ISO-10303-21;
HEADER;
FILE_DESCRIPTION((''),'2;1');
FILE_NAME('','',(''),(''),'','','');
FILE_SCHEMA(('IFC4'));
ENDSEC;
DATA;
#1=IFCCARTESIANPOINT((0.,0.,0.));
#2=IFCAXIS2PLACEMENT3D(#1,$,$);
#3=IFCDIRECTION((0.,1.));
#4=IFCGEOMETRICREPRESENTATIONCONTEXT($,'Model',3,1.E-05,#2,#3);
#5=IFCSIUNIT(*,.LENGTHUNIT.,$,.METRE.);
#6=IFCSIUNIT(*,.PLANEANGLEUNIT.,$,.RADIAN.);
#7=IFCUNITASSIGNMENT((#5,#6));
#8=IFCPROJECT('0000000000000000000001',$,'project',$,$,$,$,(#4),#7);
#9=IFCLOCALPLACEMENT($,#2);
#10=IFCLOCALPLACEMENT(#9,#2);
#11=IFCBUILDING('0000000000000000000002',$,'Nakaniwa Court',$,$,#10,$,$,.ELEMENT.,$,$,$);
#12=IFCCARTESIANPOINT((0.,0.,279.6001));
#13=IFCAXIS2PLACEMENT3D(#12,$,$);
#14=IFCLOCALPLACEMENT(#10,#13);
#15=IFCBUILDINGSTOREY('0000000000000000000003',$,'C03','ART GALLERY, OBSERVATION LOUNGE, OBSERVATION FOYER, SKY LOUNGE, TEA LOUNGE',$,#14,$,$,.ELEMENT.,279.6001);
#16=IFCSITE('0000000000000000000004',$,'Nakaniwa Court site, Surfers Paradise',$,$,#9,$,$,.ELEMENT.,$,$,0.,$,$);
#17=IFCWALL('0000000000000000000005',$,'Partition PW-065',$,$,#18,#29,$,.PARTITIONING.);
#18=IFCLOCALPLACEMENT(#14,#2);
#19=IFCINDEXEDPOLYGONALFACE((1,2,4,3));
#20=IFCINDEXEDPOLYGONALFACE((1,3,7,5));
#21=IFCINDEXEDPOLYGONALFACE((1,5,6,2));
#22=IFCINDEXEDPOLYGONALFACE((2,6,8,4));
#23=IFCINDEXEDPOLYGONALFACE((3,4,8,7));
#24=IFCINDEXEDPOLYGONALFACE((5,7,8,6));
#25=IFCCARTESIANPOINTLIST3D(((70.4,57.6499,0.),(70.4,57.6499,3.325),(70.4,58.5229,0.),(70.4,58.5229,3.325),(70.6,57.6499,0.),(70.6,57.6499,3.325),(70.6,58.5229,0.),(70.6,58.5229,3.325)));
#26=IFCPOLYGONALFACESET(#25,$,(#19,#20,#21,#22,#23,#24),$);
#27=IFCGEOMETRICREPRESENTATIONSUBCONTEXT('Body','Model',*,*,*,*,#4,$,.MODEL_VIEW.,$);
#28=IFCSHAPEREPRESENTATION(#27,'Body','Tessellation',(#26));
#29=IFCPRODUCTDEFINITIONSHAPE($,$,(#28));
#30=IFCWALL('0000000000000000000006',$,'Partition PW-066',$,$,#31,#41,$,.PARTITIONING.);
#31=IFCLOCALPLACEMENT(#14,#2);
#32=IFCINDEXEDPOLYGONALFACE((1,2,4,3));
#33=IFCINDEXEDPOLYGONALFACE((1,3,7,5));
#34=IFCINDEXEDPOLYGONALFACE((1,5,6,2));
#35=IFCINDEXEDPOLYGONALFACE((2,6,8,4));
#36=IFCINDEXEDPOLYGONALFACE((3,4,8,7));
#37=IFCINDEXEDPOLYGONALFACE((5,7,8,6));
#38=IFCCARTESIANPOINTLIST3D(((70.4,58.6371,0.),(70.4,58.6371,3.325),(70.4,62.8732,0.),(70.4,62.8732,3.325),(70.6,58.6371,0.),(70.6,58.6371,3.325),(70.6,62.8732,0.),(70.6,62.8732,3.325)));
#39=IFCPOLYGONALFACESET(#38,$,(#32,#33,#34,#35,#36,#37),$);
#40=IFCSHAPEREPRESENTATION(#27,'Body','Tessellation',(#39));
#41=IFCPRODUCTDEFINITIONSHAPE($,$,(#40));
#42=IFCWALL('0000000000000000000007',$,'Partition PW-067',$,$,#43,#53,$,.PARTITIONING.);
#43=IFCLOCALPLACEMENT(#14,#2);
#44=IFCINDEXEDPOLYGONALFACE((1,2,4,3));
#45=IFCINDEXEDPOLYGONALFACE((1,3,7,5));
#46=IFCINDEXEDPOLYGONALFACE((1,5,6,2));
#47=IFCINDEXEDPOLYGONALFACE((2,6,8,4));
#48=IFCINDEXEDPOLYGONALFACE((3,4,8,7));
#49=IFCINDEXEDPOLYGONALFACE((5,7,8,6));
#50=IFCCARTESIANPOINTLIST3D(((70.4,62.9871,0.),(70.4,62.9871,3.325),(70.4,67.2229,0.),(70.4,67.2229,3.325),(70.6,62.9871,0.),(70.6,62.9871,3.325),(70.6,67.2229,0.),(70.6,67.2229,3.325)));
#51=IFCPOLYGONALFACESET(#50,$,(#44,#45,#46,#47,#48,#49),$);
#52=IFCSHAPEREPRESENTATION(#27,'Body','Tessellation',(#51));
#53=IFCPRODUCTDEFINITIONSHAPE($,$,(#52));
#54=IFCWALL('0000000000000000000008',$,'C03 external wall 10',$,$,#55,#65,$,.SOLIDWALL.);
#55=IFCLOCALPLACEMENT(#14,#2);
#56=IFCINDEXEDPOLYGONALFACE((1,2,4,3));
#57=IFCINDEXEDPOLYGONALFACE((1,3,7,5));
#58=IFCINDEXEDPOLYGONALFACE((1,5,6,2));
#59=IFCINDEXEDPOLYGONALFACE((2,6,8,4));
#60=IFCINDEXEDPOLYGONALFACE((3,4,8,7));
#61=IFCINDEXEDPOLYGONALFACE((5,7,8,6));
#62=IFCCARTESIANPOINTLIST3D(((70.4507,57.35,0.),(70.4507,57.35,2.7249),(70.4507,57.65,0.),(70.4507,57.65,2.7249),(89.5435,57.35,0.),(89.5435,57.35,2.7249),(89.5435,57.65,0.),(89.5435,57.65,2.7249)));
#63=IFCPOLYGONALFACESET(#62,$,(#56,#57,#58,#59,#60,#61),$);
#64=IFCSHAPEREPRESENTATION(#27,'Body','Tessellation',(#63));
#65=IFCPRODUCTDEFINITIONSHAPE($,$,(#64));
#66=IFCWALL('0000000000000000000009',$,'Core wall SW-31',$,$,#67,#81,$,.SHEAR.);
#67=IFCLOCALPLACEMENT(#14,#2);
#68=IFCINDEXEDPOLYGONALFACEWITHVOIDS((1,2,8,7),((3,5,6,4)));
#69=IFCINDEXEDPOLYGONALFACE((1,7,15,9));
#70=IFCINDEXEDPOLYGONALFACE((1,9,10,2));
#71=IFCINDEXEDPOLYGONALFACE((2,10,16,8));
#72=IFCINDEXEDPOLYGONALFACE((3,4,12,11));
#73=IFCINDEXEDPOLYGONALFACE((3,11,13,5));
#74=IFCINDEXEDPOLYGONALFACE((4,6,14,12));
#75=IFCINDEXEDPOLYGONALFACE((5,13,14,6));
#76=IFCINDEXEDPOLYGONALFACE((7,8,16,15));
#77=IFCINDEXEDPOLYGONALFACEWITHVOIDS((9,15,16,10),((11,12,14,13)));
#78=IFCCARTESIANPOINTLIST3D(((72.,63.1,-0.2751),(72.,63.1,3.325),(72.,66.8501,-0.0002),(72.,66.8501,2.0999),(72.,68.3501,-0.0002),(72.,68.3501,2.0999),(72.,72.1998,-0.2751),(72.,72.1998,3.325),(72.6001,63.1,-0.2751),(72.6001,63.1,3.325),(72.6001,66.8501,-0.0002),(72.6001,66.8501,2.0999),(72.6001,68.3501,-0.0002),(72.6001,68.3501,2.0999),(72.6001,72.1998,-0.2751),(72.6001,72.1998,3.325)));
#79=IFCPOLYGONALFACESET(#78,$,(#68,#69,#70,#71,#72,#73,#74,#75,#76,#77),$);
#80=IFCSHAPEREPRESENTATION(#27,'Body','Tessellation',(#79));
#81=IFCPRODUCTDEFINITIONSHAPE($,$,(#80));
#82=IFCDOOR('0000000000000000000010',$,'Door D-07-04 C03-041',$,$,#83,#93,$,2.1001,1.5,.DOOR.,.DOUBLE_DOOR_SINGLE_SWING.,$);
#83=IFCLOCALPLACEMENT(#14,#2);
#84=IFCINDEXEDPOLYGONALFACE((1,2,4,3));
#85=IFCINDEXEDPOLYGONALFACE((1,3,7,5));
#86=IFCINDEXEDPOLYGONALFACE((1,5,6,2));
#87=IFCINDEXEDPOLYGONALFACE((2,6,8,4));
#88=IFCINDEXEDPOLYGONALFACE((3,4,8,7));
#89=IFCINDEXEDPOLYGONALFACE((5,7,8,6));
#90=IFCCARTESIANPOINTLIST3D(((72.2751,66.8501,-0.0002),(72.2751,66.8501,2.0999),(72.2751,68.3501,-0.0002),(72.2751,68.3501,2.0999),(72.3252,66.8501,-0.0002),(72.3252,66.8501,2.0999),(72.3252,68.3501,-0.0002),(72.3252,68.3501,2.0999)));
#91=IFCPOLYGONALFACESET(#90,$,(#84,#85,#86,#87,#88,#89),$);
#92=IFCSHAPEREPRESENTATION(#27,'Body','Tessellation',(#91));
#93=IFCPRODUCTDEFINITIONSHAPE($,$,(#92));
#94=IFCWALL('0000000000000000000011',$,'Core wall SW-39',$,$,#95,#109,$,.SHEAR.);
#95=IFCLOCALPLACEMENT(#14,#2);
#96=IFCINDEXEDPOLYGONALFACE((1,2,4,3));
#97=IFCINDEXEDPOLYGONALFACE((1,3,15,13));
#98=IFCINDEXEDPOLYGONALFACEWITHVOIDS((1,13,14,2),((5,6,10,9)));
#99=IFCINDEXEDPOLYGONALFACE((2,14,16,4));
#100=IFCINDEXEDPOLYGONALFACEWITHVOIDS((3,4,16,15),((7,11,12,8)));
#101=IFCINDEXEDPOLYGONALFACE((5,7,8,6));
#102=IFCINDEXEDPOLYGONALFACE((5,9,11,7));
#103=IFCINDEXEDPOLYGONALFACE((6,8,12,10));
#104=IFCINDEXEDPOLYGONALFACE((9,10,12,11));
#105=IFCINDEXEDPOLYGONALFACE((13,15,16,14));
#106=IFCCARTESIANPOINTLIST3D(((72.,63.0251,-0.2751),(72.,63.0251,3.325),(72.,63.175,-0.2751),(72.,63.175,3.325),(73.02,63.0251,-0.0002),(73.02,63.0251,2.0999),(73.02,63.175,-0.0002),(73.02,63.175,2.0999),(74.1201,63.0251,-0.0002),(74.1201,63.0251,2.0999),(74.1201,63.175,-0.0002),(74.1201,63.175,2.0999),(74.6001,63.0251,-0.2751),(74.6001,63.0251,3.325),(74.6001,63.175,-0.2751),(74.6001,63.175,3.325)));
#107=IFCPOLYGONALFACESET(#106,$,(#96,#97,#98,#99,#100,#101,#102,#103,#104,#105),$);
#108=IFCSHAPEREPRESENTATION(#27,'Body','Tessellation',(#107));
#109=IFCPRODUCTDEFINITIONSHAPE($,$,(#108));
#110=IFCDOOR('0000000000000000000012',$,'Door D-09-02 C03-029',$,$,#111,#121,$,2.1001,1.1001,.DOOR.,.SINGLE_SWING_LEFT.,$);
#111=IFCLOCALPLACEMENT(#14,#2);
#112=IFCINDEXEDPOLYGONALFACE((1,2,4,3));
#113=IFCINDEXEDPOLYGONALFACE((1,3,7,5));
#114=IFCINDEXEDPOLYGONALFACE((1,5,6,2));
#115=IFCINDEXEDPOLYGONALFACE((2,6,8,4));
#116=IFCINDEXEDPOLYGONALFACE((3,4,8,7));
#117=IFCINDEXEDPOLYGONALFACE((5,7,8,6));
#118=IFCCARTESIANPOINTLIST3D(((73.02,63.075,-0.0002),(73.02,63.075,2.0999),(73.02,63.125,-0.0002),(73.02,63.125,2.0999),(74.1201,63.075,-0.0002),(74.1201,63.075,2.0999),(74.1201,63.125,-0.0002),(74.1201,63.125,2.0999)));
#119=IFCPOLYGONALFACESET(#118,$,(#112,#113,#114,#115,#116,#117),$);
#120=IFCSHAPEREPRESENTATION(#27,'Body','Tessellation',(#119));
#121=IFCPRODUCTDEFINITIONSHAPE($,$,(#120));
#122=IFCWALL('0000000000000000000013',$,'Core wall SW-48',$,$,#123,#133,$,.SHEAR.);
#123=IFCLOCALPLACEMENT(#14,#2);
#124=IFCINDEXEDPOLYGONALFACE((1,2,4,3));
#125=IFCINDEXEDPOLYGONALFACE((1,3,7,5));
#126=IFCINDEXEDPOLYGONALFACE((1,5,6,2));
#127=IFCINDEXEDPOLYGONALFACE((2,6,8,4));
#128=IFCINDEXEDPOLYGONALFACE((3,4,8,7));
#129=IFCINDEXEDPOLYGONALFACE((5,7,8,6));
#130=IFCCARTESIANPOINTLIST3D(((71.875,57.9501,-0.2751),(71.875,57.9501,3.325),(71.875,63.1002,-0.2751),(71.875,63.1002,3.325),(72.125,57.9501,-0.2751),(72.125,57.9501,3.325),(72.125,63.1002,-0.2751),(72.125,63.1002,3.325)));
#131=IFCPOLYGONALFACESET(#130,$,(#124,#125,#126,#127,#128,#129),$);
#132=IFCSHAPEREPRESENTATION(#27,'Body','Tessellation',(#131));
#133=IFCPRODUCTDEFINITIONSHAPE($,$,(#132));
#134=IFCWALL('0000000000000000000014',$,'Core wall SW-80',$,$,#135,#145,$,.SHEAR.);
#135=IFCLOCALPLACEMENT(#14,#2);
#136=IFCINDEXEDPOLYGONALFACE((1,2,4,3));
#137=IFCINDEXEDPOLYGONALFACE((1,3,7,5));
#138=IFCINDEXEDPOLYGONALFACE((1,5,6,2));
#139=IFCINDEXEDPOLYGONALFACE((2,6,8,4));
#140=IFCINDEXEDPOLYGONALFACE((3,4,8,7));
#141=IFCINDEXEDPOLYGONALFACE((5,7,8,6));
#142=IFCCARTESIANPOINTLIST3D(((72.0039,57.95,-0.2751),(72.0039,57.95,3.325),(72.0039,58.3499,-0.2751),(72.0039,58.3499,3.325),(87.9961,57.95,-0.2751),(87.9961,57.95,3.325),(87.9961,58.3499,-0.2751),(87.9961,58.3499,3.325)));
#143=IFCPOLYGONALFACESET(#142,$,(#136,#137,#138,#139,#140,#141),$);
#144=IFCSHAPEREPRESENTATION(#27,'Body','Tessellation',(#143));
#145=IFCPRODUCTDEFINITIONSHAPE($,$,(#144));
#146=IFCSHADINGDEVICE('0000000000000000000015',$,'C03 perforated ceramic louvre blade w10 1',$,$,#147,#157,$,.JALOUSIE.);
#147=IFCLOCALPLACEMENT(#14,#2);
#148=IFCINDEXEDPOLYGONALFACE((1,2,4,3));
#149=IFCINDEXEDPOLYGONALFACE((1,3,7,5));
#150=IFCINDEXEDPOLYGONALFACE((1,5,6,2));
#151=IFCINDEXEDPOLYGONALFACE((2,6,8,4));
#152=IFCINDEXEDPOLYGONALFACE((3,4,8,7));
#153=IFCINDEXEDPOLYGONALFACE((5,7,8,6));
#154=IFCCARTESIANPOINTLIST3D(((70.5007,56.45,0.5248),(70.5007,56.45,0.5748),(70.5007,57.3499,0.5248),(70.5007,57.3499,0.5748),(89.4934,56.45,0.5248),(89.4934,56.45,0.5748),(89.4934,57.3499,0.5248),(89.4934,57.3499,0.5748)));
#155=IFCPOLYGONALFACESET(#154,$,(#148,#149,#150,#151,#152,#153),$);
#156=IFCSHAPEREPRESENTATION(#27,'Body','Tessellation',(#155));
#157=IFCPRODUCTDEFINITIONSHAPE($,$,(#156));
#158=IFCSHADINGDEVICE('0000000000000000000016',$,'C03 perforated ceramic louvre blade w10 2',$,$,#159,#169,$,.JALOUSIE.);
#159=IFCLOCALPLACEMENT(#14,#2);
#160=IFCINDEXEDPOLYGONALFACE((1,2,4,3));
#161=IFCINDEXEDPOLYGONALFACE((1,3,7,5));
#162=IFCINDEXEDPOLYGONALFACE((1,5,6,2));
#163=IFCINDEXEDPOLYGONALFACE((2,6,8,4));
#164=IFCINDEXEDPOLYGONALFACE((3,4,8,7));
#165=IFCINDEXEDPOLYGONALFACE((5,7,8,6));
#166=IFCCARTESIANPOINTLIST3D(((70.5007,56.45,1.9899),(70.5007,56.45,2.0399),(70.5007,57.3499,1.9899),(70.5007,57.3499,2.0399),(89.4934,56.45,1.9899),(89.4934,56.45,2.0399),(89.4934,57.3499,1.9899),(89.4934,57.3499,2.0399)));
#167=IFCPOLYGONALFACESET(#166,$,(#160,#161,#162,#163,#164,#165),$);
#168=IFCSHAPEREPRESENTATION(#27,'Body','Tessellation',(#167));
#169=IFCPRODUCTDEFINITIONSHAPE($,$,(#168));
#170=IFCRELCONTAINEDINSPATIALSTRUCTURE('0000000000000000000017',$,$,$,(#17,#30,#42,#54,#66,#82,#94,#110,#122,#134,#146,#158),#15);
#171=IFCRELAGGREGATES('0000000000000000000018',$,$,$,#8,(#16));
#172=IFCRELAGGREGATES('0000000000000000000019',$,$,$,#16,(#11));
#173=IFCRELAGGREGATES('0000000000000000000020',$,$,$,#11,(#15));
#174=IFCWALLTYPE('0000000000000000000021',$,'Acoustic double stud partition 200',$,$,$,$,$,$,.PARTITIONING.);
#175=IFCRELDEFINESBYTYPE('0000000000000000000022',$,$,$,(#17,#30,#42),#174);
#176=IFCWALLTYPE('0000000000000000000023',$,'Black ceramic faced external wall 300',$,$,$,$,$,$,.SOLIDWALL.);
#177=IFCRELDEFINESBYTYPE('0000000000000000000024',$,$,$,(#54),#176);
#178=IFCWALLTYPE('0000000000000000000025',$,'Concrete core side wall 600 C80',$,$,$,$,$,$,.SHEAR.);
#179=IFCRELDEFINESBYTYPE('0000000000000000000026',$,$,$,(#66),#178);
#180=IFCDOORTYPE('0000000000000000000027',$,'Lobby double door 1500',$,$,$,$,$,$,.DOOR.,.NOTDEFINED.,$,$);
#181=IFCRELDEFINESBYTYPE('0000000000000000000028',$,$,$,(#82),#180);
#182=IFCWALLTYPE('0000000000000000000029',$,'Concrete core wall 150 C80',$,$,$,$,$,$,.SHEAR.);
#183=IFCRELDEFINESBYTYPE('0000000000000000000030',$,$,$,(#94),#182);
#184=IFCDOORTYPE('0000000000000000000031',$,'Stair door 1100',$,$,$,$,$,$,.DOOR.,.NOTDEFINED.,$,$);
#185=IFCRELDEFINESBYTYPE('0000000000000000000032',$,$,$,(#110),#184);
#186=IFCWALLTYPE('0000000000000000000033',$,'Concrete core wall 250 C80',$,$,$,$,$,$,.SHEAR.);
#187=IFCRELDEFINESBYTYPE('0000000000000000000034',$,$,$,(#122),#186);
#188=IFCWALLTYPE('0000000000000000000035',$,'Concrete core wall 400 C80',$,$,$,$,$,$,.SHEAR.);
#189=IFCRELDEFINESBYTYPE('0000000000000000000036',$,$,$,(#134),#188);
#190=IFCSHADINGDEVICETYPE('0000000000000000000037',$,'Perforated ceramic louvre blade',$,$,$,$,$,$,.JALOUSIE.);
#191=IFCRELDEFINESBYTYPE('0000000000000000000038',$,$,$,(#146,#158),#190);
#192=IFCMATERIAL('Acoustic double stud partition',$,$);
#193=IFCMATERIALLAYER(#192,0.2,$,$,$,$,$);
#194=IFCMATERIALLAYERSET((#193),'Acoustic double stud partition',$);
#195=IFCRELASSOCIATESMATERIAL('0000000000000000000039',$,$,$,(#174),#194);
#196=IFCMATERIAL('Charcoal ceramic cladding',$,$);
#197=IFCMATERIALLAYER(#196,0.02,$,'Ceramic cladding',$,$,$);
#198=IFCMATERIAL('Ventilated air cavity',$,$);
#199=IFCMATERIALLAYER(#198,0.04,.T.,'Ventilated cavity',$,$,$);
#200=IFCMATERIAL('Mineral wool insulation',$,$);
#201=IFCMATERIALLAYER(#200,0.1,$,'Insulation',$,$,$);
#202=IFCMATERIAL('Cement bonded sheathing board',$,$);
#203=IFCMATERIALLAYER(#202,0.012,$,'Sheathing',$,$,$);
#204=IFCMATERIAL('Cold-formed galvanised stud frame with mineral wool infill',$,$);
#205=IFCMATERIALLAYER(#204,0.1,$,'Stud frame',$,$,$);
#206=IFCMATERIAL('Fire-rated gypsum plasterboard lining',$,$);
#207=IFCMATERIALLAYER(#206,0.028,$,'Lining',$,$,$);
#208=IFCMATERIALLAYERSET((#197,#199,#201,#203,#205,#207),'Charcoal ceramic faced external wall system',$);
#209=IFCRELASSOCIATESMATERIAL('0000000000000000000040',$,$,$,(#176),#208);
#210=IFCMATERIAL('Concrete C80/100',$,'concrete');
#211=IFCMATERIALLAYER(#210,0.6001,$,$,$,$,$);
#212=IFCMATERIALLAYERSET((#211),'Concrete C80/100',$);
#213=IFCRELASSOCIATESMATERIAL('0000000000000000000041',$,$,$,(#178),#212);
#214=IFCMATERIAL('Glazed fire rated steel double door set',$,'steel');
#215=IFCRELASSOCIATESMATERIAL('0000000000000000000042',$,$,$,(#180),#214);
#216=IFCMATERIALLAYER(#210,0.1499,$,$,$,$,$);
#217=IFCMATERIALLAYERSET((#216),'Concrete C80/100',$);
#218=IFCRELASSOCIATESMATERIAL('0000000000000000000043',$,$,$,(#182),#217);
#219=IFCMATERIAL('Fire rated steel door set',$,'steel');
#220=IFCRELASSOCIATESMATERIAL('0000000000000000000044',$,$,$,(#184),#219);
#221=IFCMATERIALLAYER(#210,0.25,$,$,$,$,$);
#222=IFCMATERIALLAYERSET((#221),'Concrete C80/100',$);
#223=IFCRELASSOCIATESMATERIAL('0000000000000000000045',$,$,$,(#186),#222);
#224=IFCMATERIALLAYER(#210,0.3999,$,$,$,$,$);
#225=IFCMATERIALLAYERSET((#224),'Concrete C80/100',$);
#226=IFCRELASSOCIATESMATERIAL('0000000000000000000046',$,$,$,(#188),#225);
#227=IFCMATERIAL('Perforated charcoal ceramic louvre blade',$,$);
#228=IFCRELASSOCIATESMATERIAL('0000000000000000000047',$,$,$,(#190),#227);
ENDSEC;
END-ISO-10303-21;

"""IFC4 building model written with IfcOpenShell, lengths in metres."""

from ifc_helpers import new_model, si_unit, direction, frame, frame_2d, origin, origin_2d, place, context, subcontext, project, spatial, rectangle, extrude, material, layer, layer_set, material_profile, profile_set, type_object, element, fill, save


model = new_model("IFC4")

# Units and contexts
model_context = context("Model", 3, precision=1e-05, world=origin(), true_north=direction((0.0, 1.0)))
body_context = subcontext(model_context, "Body", "Model", "MODEL_VIEW")
ifc_project = project(units=[si_unit("LENGTHUNIT", "METRE"), si_unit("PLANEANGLEUNIT", "RADIAN")], contexts=[model_context])

# Site, building, storey
site_placement = place(None, origin())
site = spatial("IfcSite", under=ifc_project, at=site_placement, Name="Nakaniwa Court site, Surfers Paradise", CompositionType="ELEMENT", RefElevation=0.0)
building_placement = place(site_placement, origin())
building = spatial("IfcBuilding", under=site, at=building_placement, Name="Nakaniwa Court", CompositionType="ELEMENT")
storey_placement = place(building_placement, frame((0.0, 0.0, 279.6001)))
storey = spatial("IfcBuildingStorey", under=building, at=storey_placement, Name="C03", Description="ART GALLERY, OBSERVATION LOUNGE, OBSERVATION FOYER, SKY LOUNGE, TEA LOUNGE", CompositionType="ELEMENT", Elevation=279.6001)

# Shared definitions
ifc_material_1 = material(Name="Concrete C80/100", Category="concrete")

# Walls
ifc_material_2 = material(Name="Acoustic double stud partition")
ifc_layer_1 = layer(ifc_material_2, 0.2)
ifc_layer_set_1 = layer_set([ifc_layer_1], Name="Acoustic double stud partition")
wall_type_1 = type_object("IfcWallType", Name="Acoustic double stud partition 200", PredefinedType="PARTITIONING", material=ifc_layer_set_1)
wall_1_placement = place(storey_placement, frame((70.5, 57.6499, 0.0), z_axis=(0.0, 0.0, 1.0), x_axis=(0.0, 1.0, 0.0)))
element("IfcWall", 1, at=wall_1_placement, inside=storey, type_object=wall_type_1, Name="Partition PW-065", PredefinedType="PARTITIONING", context=body_context, shape_type="SweptSolid", body=[
    extrude(rectangle(XDim=0.873, YDim=0.2, at=frame_2d((0.4365, 0.0))), origin(), (0.0, 0.0, 1.0), 3.325),
])
wall_2_placement = place(storey_placement, frame((70.5, 58.637, 0.0), z_axis=(0.0, 0.0, 1.0), x_axis=(0.0, 1.0, 0.0)))
element("IfcWall", 2, at=wall_2_placement, inside=storey, type_object=wall_type_1, Name="Partition PW-066", PredefinedType="PARTITIONING", context=body_context, shape_type="SweptSolid", body=[
    extrude(rectangle(XDim=4.2361, YDim=0.2, at=frame_2d((2.1182, 0.0))), origin(), (0.0, 0.0, 1.0), 3.325),
])
wall_3_placement = place(storey_placement, frame((70.5, 62.9871, 0.0), z_axis=(0.0, 0.0, 1.0), x_axis=(0.0, 1.0, 0.0)))
element("IfcWall", 3, at=wall_3_placement, inside=storey, type_object=wall_type_1, Name="Partition PW-067", PredefinedType="PARTITIONING", context=body_context, shape_type="SweptSolid", body=[
    extrude(rectangle(XDim=4.2358, YDim=0.2, at=frame_2d((2.1179, 0.0))), origin(), (0.0, 0.0, 1.0), 3.325),
])
ifc_material_3 = material(Name="Charcoal ceramic cladding")
ifc_layer_2 = layer(ifc_material_3, 0.02, Name="Ceramic cladding")
ifc_material_4 = material(Name="Ventilated air cavity")
ifc_layer_3 = layer(ifc_material_4, 0.04, ventilated=True, Name="Ventilated cavity")
ifc_material_5 = material(Name="Mineral wool insulation")
ifc_layer_4 = layer(ifc_material_5, 0.1, Name="Insulation")
ifc_material_6 = material(Name="Cement bonded sheathing board")
ifc_layer_5 = layer(ifc_material_6, 0.012, Name="Sheathing")
ifc_material_7 = material(Name="Cold-formed galvanised stud frame with mineral wool infill")
ifc_layer_6 = layer(ifc_material_7, 0.1, Name="Stud frame")
ifc_material_8 = material(Name="Fire-rated gypsum plasterboard lining")
ifc_layer_7 = layer(ifc_material_8, 0.028, Name="Lining")
ifc_layer_set_2 = layer_set([ifc_layer_2, ifc_layer_3, ifc_layer_4, ifc_layer_5, ifc_layer_6, ifc_layer_7], Name="Charcoal ceramic faced external wall system")
wall_type_2 = type_object("IfcWallType", Name="Black ceramic faced external wall 300", PredefinedType="SOLIDWALL", material=ifc_layer_set_2)
wall_4_placement = place(storey_placement, frame((70.4507, 57.5, 0.0), z_axis=(0.0, 0.0, 1.0), x_axis=(1.0, 0.0, 0.0)))
element("IfcWall", 4, at=wall_4_placement, inside=storey, type_object=wall_type_2, Name="C03 external wall 10", PredefinedType="SOLIDWALL", context=body_context, shape_type="SweptSolid", body=[
    extrude(rectangle(XDim=19.0928, YDim=0.3, at=frame_2d((9.5464, 0.0))), origin(), (0.0, 0.0, 1.0), 2.7249),
])

# Walls, openings, doors
ifc_layer_8 = layer(ifc_material_1, 0.6001)
ifc_layer_set_3 = layer_set([ifc_layer_8], Name="Concrete C80/100")
wall_type_3 = type_object("IfcWallType", Name="Concrete core side wall 600 C80", PredefinedType="SHEAR", material=ifc_layer_set_3)
wall_5_placement = place(storey_placement, frame((72.3, 63.1001, -0.2751), z_axis=(0.0, 0.0, 1.0), x_axis=(0.0, 1.0, 0.0)))
wall_5 = element("IfcWall", 5, at=wall_5_placement, inside=storey, type_object=wall_type_3, Name="Core wall SW-31", PredefinedType="SHEAR", context=body_context, shape_type="SweptSolid", body=[
    extrude(rectangle(XDim=9.0999, YDim=0.6001, at=frame_2d((4.5498, 0.0))), origin(), (0.0, 0.0, 1.0), 3.6001),
])
opening_1_placement = place(wall_5_placement, frame((3.75, 0.0, 0.2749)))
opening_1 = element("IfcOpeningElement", 6, at=opening_1_placement, cuts=wall_5, PredefinedType="OPENING", context=body_context, shape_type="SweptSolid", body=[
    extrude(rectangle(XDim=1.5, YDim=2.1001, at=frame_2d((0.75, 1.05))), frame((0.0, 0.3101, 0.0), z_axis=(0.0, -1.0, 0.0), x_axis=(1.0, 0.0, 0.0)), (0.0, 0.0, 1.0), 0.6201),
])
ifc_material_9 = material(Name="Glazed fire rated steel double door set", Category="steel")
door_type_1 = type_object("IfcDoorType", Name="Lobby double door 1500", OperationType="NOTDEFINED", PredefinedType="DOOR", material=ifc_material_9)
door_1_placement = place(opening_1_placement, origin())
door_1 = element("IfcDoor", 7, at=door_1_placement, inside=storey, type_object=door_type_1, Name="Door D-07-04 C03-041", OperationType="DOUBLE_DOOR_SINGLE_SWING", OverallHeight=2.1001, OverallWidth=1.5, PredefinedType="DOOR", context=body_context, shape_type="SweptSolid", body=[
    extrude(rectangle(XDim=1.5, YDim=2.1001, at=frame_2d((0.75, 1.05))), frame((0.0, 0.0249, 0.0), z_axis=(0.0, -1.0, 0.0), x_axis=(1.0, 0.0, 0.0)), (0.0, 0.0, 1.0), 0.05),
])
fill(opening_1, door_1)
ifc_layer_9 = layer(ifc_material_1, 0.1499)
ifc_layer_set_4 = layer_set([ifc_layer_9], Name="Concrete C80/100")
wall_type_4 = type_object("IfcWallType", Name="Concrete core wall 150 C80", PredefinedType="SHEAR", material=ifc_layer_set_4)
wall_6_placement = place(storey_placement, frame((72.0, 63.1001, -0.2751), z_axis=(0.0, 0.0, 1.0), x_axis=(1.0, 0.0, 0.0)))
wall_6 = element("IfcWall", 8, at=wall_6_placement, inside=storey, type_object=wall_type_4, Name="Core wall SW-39", PredefinedType="SHEAR", context=body_context, shape_type="SweptSolid", body=[
    extrude(rectangle(XDim=2.6001, YDim=0.1499, at=frame_2d((1.3, 0.0))), origin(), (0.0, 0.0, 1.0), 3.6001),
])
opening_2_placement = place(wall_6_placement, frame((1.02, 0.0, 0.2749)))
opening_2 = element("IfcOpeningElement", 9, at=opening_2_placement, cuts=wall_6, PredefinedType="OPENING", context=body_context, shape_type="SweptSolid", body=[
    extrude(rectangle(XDim=1.1001, YDim=2.1001, at=frame_2d((0.55, 1.05))), frame((0.0, 0.085, 0.0), z_axis=(0.0, -1.0, 0.0), x_axis=(1.0, 0.0, 0.0)), (0.0, 0.0, 1.0), 0.1699),
])
ifc_material_10 = material(Name="Fire rated steel door set", Category="steel")
door_type_2 = type_object("IfcDoorType", Name="Stair door 1100", OperationType="NOTDEFINED", PredefinedType="DOOR", material=ifc_material_10)
door_2_placement = place(opening_2_placement, origin())
door_2 = element("IfcDoor", 10, at=door_2_placement, inside=storey, type_object=door_type_2, Name="Door D-09-02 C03-029", OperationType="SINGLE_SWING_LEFT", OverallHeight=2.1001, OverallWidth=1.1001, PredefinedType="DOOR", context=body_context, shape_type="SweptSolid", body=[
    extrude(rectangle(XDim=1.1001, YDim=2.1001, at=frame_2d((0.55, 1.05))), frame((0.0, 0.0249, 0.0), z_axis=(0.0, -1.0, 0.0), x_axis=(1.0, 0.0, 0.0)), (0.0, 0.0, 1.0), 0.05),
])
fill(opening_2, door_2)

# Walls
ifc_layer_10 = layer(ifc_material_1, 0.25)
ifc_layer_set_5 = layer_set([ifc_layer_10], Name="Concrete C80/100")
wall_type_5 = type_object("IfcWallType", Name="Concrete core wall 250 C80", PredefinedType="SHEAR", material=ifc_layer_set_5)
wall_7_placement = place(storey_placement, frame((72.0, 57.95, -0.2751), z_axis=(0.0, 0.0, 1.0), x_axis=(0.0, 1.0, 0.0)))
element("IfcWall", 11, at=wall_7_placement, inside=storey, type_object=wall_type_5, Name="Core wall SW-48", PredefinedType="SHEAR", context=body_context, shape_type="SweptSolid", body=[
    extrude(rectangle(XDim=5.1501, YDim=0.25, at=frame_2d((2.5752, 0.0))), origin(), (0.0, 0.0, 1.0), 3.6001),
])
ifc_layer_11 = layer(ifc_material_1, 0.3999)
ifc_layer_set_6 = layer_set([ifc_layer_11], Name="Concrete C80/100")
wall_type_6 = type_object("IfcWallType", Name="Concrete core wall 400 C80", PredefinedType="SHEAR", material=ifc_layer_set_6)
wall_8_placement = place(storey_placement, frame((72.0039, 58.1499, -0.2751), z_axis=(0.0, 0.0, 1.0), x_axis=(1.0, 0.0, 0.0)))
element("IfcWall", 12, at=wall_8_placement, inside=storey, type_object=wall_type_6, Name="Core wall SW-80", PredefinedType="SHEAR", context=body_context, shape_type="SweptSolid", body=[
    extrude(rectangle(XDim=15.9922, YDim=0.3999, at=frame_2d((7.9961, 0.0))), origin(), (0.0, 0.0, 1.0), 3.6001),
])

# Shading devices
ifc_material_11 = material(Name="Perforated charcoal ceramic louvre blade")
ifc_material_profile_1 = material_profile(ifc_material_11, rectangle(XDim=0.8999, YDim=0.05, at=origin_2d()), Name="Perforated ceramic louvre blade")
ifc_profile_set_1 = profile_set([ifc_material_profile_1], Name="Perforated charcoal ceramic louvre blade")
shading_device_type = type_object("IfcShadingDeviceType", Name="Perforated ceramic louvre blade", PredefinedType="JALOUSIE", material=ifc_profile_set_1)
for number, where, z_axis, x_axis, name in (
    (13, (70.5007, 56.8999, 0.5498), (1.0, 0.0, 0.0), (0.0, 1.0, 0.0), "C03 perforated ceramic louvre blade w10 1"),
    (14, (70.5007, 56.8999, 2.0149), (1.0, 0.0, 0.0), (0.0, 1.0, 0.0), "C03 perforated ceramic louvre blade w10 2"),
):
    element("IfcShadingDevice", number, at=place(storey_placement, frame(where, z_axis=z_axis, x_axis=x_axis)), inside=storey, type_object=shading_device_type, Name=name, PredefinedType="JALOUSIE", context=body_context, shape_type="SweptSolid", body=[
        extrude(rectangle(XDim=0.8999, YDim=0.05, at=origin_2d()), origin(), (0.0, 0.0, 1.0), 18.9927),
    ])

save(model, "model.ifc")
